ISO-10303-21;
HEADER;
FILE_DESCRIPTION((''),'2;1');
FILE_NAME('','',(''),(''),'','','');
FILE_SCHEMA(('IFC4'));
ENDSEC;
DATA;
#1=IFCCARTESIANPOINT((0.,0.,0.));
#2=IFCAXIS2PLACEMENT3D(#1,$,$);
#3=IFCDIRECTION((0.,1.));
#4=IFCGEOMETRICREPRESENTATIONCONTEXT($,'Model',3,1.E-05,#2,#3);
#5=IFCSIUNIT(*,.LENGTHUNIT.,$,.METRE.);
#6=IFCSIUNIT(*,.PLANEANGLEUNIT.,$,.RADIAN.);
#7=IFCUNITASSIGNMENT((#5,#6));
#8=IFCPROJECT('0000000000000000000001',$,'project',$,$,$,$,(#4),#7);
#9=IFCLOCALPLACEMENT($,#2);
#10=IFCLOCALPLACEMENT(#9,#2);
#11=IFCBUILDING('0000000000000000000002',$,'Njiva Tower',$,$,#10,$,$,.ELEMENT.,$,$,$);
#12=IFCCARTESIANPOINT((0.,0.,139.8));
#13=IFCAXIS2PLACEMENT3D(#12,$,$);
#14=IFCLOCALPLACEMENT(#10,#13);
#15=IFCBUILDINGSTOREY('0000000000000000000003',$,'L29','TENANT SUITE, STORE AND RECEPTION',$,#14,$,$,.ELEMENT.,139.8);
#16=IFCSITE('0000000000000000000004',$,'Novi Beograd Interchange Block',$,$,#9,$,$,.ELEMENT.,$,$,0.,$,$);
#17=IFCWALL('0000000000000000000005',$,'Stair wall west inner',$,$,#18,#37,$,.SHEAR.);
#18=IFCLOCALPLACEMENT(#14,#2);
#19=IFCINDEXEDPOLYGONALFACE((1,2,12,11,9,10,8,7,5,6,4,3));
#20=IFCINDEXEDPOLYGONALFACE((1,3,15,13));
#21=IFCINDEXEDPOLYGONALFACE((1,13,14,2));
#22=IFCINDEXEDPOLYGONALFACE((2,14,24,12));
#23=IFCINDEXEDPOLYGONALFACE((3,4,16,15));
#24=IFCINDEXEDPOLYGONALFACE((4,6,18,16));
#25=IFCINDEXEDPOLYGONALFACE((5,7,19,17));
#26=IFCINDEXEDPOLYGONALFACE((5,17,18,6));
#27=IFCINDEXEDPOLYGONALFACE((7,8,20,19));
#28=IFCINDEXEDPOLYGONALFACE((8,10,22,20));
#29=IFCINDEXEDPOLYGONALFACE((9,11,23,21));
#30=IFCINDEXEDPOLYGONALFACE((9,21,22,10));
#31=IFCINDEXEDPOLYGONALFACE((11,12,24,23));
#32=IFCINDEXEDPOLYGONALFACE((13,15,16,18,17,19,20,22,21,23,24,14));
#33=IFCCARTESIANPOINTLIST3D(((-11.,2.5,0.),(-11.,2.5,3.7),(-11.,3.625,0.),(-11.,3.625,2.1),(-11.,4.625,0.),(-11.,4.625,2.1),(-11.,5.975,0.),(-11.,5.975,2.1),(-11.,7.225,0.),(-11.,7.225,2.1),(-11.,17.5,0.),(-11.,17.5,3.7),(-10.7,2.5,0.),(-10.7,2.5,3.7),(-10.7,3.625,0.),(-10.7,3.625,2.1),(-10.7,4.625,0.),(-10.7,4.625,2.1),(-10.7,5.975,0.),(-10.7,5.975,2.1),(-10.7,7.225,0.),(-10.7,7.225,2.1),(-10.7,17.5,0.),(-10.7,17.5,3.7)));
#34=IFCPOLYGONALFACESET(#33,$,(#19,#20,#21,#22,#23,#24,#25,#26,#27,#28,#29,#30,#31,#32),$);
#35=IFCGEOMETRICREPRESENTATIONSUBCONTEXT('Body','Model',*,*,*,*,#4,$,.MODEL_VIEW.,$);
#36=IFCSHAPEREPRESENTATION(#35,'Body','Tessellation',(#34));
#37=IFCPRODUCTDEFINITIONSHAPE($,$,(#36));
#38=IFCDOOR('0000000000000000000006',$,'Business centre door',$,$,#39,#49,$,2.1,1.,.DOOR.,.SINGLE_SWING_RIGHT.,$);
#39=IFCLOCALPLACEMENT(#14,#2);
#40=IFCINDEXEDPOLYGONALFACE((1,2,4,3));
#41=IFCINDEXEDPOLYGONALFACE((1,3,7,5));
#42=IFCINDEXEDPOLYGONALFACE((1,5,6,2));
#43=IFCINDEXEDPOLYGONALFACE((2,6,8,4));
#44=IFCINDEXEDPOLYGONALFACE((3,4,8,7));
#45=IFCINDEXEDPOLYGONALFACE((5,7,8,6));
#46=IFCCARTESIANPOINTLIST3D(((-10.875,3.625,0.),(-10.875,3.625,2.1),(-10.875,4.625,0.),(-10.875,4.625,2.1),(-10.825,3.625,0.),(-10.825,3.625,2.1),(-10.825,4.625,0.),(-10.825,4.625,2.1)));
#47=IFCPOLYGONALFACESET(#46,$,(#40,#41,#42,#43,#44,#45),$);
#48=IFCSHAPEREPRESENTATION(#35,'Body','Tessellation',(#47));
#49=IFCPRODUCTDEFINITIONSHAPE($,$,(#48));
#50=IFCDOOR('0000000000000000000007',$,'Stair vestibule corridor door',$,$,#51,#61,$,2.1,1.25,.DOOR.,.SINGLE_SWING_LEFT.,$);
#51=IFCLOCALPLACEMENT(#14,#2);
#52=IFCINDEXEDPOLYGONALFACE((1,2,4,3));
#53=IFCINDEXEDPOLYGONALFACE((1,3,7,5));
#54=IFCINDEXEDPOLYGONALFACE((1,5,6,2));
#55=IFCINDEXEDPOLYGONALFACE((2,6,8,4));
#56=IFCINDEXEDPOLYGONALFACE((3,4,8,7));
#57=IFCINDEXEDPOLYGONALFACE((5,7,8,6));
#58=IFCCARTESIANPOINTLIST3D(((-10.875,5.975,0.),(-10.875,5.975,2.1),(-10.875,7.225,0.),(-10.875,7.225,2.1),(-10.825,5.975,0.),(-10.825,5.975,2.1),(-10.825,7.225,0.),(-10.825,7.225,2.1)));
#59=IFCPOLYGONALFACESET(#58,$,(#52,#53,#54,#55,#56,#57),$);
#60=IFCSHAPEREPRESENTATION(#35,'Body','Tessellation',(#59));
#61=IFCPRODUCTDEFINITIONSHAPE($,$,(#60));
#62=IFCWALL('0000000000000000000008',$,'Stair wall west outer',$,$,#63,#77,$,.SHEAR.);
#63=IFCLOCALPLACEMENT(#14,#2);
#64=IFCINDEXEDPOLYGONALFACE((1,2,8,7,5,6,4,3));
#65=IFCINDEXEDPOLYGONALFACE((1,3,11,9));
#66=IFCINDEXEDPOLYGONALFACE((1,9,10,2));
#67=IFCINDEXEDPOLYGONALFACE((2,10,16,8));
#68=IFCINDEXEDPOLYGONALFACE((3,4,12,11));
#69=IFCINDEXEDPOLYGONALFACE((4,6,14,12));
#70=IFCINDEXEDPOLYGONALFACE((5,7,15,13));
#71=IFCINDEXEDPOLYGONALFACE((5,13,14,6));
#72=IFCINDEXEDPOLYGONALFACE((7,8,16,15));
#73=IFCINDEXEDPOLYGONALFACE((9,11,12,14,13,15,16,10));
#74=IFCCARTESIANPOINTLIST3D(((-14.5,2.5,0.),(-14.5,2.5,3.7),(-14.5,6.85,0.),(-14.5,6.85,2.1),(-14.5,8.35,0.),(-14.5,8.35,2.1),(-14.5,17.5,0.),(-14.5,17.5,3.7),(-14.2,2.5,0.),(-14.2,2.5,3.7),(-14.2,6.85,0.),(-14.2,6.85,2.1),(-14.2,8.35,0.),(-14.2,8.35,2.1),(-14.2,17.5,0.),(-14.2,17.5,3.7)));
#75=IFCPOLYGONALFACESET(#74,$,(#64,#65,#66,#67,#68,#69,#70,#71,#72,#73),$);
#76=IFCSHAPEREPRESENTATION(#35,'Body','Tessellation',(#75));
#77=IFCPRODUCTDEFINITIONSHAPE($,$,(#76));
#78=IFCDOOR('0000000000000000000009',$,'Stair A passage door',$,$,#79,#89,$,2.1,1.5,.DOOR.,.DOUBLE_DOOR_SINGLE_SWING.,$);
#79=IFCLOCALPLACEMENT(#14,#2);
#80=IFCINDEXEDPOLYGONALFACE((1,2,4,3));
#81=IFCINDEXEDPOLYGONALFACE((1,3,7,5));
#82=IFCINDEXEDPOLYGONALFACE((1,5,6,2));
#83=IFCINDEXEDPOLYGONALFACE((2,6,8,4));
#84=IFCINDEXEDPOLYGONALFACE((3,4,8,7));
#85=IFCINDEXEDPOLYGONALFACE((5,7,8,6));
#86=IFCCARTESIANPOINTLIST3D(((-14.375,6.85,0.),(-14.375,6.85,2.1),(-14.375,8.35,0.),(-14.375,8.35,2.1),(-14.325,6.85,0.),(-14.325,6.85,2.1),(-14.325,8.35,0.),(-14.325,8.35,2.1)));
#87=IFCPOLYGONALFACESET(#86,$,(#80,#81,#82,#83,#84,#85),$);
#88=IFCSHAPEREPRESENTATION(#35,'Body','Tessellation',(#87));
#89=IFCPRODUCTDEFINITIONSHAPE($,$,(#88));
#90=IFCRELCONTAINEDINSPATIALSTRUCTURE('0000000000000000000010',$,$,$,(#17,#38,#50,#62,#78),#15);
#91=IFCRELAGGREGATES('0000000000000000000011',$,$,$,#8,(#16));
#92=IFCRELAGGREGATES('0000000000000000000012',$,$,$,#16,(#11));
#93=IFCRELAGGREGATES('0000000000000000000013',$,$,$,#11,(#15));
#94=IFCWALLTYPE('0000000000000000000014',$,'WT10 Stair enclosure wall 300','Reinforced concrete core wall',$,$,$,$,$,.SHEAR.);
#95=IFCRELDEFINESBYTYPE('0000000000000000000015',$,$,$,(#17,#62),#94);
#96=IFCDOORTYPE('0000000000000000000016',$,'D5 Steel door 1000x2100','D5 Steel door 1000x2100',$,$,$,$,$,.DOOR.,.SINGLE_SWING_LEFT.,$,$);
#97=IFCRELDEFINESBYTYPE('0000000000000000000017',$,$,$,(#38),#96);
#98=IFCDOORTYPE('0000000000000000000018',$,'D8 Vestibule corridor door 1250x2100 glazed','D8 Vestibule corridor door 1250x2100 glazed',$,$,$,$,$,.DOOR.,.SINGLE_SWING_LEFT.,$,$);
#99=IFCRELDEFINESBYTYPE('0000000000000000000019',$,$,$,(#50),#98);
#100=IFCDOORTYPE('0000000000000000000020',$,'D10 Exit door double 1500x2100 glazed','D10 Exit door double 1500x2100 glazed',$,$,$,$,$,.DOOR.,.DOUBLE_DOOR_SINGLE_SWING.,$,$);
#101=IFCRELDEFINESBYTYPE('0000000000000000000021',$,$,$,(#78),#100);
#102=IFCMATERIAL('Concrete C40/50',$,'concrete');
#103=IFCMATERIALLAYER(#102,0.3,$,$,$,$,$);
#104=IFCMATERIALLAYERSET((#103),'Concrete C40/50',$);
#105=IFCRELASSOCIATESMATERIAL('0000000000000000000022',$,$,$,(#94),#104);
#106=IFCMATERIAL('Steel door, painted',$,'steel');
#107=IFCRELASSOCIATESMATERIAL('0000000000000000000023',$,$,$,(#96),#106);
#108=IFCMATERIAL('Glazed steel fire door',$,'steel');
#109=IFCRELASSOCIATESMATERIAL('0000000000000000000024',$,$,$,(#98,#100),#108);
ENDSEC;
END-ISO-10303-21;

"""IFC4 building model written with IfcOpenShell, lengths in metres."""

from ifc_helpers import new_model, si_unit, direction, frame, frame_2d, origin, place, context, subcontext, project, spatial, rectangle, extrude, material, layer, layer_set, type_object, element, fill, save


model = new_model("IFC4")

# Units and contexts
model_context = context("Model", 3, precision=1e-05, world=origin(), true_north=direction((0.0, 1.0)))
body_context = subcontext(model_context, "Body", "Model", "MODEL_VIEW")
ifc_project = project(units=[si_unit("LENGTHUNIT", "METRE"), si_unit("PLANEANGLEUNIT", "RADIAN")], contexts=[model_context])

# Site, building, storey
site_placement = place(None, origin())
site = spatial("IfcSite", under=ifc_project, at=site_placement, Name="Novi Beograd Interchange Block", CompositionType="ELEMENT", RefElevation=0.0)
building_placement = place(site_placement, origin())
building = spatial("IfcBuilding", under=site, at=building_placement, Name="Njiva Tower", CompositionType="ELEMENT")
storey_placement = place(building_placement, frame((0.0, 0.0, 139.8)))
storey = spatial("IfcBuildingStorey", under=building, at=storey_placement, Name="L29", Description="TENANT SUITE, STORE AND RECEPTION", CompositionType="ELEMENT", Elevation=139.8)

# Wall, openings, doors
ifc_material_1 = material(Name="Concrete C40/50", Category="concrete")
ifc_layer_1 = layer(ifc_material_1, 0.3)
ifc_layer_set_1 = layer_set([ifc_layer_1], Name="Concrete C40/50")
wall_type_1 = type_object("IfcWallType", Name="WT10 Stair enclosure wall 300", Description="Reinforced concrete core wall", PredefinedType="SHEAR", material=ifc_layer_set_1)
wall_1_placement = place(storey_placement, frame((-10.85, 2.5, 0.0), z_axis=(0.0, 0.0, 1.0), x_axis=(0.0, 1.0, 0.0)))
wall_1 = element("IfcWall", 1, at=wall_1_placement, inside=storey, type_object=wall_type_1, Name="Stair wall west inner", PredefinedType="SHEAR", context=body_context, shape_type="SweptSolid", body=[
    extrude(rectangle(XDim=15.0, YDim=0.3, at=frame_2d((7.5, 0.0))), origin(), (0.0, 0.0, 1.0), 3.7),
])
opening_1_placement = place(wall_1_placement, frame((3.475, 0.0, 0.0)))
opening_1 = element("IfcOpeningElement", 2, at=opening_1_placement, cuts=wall_1, PredefinedType="OPENING", context=body_context, shape_type="SweptSolid", body=[
    extrude(rectangle(XDim=1.25, YDim=2.1, at=frame_2d((0.625, 1.05))), frame((0.0, 0.16, 0.0), z_axis=(0.0, -1.0, 0.0), x_axis=(1.0, 0.0, 0.0)), (0.0, 0.0, 1.0), 0.32),
])
opening_2_placement = place(wall_1_placement, frame((1.125, 0.0, 0.0)))
opening_2 = element("IfcOpeningElement", 3, at=opening_2_placement, cuts=wall_1, PredefinedType="OPENING", context=body_context, shape_type="SweptSolid", body=[
    extrude(rectangle(XDim=1.0, YDim=2.1, at=frame_2d((0.5, 1.05))), frame((0.0, 0.16, 0.0), z_axis=(0.0, -1.0, 0.0), x_axis=(1.0, 0.0, 0.0)), (0.0, 0.0, 1.0), 0.32),
])
ifc_material_2 = material(Name="Steel door, painted", Category="steel")
door_type_1 = type_object("IfcDoorType", Name="D5 Steel door 1000x2100", Description="D5 Steel door 1000x2100", OperationType="SINGLE_SWING_LEFT", PredefinedType="DOOR", material=ifc_material_2)
door_1_placement = place(opening_2_placement, origin())
door_1 = element("IfcDoor", 4, at=door_1_placement, inside=storey, type_object=door_type_1, Name="Business centre door", OperationType="SINGLE_SWING_RIGHT", OverallHeight=2.1, OverallWidth=1.0, PredefinedType="DOOR", context=body_context, shape_type="SweptSolid", body=[
    extrude(rectangle(XDim=1.0, YDim=2.1, at=frame_2d((0.5, 1.05))), frame((0.0, 0.025, 0.0), z_axis=(0.0, -1.0, 0.0), x_axis=(1.0, 0.0, 0.0)), (0.0, 0.0, 1.0), 0.05),
])
fill(opening_2, door_1)
ifc_material_3 = material(Name="Glazed steel fire door", Category="steel")
door_type_2 = type_object("IfcDoorType", Name="D8 Vestibule corridor door 1250x2100 glazed", Description="D8 Vestibule corridor door 1250x2100 glazed", OperationType="SINGLE_SWING_LEFT", PredefinedType="DOOR", material=ifc_material_3)
door_2_placement = place(opening_1_placement, origin())
door_2 = element("IfcDoor", 5, at=door_2_placement, inside=storey, type_object=door_type_2, Name="Stair vestibule corridor door", OperationType="SINGLE_SWING_LEFT", OverallHeight=2.1, OverallWidth=1.25, PredefinedType="DOOR", context=body_context, shape_type="SweptSolid", body=[
    extrude(rectangle(XDim=1.25, YDim=2.1, at=frame_2d((0.625, 1.05))), frame((0.0, 0.025, 0.0), z_axis=(0.0, -1.0, 0.0), x_axis=(1.0, 0.0, 0.0)), (0.0, 0.0, 1.0), 0.05),
])
fill(opening_1, door_2)

# Wall, opening, door
wall_2_placement = place(storey_placement, frame((-14.35, 2.5, 0.0), z_axis=(0.0, 0.0, 1.0), x_axis=(0.0, 1.0, 0.0)))
wall_2 = element("IfcWall", 6, at=wall_2_placement, inside=storey, type_object=wall_type_1, Name="Stair wall west outer", PredefinedType="SHEAR", context=body_context, shape_type="SweptSolid", body=[
    extrude(rectangle(XDim=15.0, YDim=0.3, at=frame_2d((7.5, 0.0))), origin(), (0.0, 0.0, 1.0), 3.7),
])
opening_3_placement = place(wall_2_placement, frame((4.35, 0.0, 0.0)))
opening_3 = element("IfcOpeningElement", 7, at=opening_3_placement, cuts=wall_2, PredefinedType="OPENING", context=body_context, shape_type="SweptSolid", body=[
    extrude(rectangle(XDim=1.5, YDim=2.1, at=frame_2d((0.75, 1.05))), frame((0.0, 0.16, 0.0), z_axis=(0.0, -1.0, 0.0), x_axis=(1.0, 0.0, 0.0)), (0.0, 0.0, 1.0), 0.32),
])
door_type_3 = type_object("IfcDoorType", Name="D10 Exit door double 1500x2100 glazed", Description="D10 Exit door double 1500x2100 glazed", OperationType="DOUBLE_DOOR_SINGLE_SWING", PredefinedType="DOOR", material=ifc_material_3)
door_3_placement = place(opening_3_placement, origin())
door_3 = element("IfcDoor", 8, at=door_3_placement, inside=storey, type_object=door_type_3, Name="Stair A passage door", OperationType="DOUBLE_DOOR_SINGLE_SWING", OverallHeight=2.1, OverallWidth=1.5, PredefinedType="DOOR", context=body_context, shape_type="SweptSolid", body=[
    extrude(rectangle(XDim=1.5, YDim=2.1, at=frame_2d((0.75, 1.05))), frame((0.0, 0.025, 0.0), z_axis=(0.0, -1.0, 0.0), x_axis=(1.0, 0.0, 0.0)), (0.0, 0.0, 1.0), 0.05),
])
fill(opening_3, door_3)

save(model, "model.ifc")
